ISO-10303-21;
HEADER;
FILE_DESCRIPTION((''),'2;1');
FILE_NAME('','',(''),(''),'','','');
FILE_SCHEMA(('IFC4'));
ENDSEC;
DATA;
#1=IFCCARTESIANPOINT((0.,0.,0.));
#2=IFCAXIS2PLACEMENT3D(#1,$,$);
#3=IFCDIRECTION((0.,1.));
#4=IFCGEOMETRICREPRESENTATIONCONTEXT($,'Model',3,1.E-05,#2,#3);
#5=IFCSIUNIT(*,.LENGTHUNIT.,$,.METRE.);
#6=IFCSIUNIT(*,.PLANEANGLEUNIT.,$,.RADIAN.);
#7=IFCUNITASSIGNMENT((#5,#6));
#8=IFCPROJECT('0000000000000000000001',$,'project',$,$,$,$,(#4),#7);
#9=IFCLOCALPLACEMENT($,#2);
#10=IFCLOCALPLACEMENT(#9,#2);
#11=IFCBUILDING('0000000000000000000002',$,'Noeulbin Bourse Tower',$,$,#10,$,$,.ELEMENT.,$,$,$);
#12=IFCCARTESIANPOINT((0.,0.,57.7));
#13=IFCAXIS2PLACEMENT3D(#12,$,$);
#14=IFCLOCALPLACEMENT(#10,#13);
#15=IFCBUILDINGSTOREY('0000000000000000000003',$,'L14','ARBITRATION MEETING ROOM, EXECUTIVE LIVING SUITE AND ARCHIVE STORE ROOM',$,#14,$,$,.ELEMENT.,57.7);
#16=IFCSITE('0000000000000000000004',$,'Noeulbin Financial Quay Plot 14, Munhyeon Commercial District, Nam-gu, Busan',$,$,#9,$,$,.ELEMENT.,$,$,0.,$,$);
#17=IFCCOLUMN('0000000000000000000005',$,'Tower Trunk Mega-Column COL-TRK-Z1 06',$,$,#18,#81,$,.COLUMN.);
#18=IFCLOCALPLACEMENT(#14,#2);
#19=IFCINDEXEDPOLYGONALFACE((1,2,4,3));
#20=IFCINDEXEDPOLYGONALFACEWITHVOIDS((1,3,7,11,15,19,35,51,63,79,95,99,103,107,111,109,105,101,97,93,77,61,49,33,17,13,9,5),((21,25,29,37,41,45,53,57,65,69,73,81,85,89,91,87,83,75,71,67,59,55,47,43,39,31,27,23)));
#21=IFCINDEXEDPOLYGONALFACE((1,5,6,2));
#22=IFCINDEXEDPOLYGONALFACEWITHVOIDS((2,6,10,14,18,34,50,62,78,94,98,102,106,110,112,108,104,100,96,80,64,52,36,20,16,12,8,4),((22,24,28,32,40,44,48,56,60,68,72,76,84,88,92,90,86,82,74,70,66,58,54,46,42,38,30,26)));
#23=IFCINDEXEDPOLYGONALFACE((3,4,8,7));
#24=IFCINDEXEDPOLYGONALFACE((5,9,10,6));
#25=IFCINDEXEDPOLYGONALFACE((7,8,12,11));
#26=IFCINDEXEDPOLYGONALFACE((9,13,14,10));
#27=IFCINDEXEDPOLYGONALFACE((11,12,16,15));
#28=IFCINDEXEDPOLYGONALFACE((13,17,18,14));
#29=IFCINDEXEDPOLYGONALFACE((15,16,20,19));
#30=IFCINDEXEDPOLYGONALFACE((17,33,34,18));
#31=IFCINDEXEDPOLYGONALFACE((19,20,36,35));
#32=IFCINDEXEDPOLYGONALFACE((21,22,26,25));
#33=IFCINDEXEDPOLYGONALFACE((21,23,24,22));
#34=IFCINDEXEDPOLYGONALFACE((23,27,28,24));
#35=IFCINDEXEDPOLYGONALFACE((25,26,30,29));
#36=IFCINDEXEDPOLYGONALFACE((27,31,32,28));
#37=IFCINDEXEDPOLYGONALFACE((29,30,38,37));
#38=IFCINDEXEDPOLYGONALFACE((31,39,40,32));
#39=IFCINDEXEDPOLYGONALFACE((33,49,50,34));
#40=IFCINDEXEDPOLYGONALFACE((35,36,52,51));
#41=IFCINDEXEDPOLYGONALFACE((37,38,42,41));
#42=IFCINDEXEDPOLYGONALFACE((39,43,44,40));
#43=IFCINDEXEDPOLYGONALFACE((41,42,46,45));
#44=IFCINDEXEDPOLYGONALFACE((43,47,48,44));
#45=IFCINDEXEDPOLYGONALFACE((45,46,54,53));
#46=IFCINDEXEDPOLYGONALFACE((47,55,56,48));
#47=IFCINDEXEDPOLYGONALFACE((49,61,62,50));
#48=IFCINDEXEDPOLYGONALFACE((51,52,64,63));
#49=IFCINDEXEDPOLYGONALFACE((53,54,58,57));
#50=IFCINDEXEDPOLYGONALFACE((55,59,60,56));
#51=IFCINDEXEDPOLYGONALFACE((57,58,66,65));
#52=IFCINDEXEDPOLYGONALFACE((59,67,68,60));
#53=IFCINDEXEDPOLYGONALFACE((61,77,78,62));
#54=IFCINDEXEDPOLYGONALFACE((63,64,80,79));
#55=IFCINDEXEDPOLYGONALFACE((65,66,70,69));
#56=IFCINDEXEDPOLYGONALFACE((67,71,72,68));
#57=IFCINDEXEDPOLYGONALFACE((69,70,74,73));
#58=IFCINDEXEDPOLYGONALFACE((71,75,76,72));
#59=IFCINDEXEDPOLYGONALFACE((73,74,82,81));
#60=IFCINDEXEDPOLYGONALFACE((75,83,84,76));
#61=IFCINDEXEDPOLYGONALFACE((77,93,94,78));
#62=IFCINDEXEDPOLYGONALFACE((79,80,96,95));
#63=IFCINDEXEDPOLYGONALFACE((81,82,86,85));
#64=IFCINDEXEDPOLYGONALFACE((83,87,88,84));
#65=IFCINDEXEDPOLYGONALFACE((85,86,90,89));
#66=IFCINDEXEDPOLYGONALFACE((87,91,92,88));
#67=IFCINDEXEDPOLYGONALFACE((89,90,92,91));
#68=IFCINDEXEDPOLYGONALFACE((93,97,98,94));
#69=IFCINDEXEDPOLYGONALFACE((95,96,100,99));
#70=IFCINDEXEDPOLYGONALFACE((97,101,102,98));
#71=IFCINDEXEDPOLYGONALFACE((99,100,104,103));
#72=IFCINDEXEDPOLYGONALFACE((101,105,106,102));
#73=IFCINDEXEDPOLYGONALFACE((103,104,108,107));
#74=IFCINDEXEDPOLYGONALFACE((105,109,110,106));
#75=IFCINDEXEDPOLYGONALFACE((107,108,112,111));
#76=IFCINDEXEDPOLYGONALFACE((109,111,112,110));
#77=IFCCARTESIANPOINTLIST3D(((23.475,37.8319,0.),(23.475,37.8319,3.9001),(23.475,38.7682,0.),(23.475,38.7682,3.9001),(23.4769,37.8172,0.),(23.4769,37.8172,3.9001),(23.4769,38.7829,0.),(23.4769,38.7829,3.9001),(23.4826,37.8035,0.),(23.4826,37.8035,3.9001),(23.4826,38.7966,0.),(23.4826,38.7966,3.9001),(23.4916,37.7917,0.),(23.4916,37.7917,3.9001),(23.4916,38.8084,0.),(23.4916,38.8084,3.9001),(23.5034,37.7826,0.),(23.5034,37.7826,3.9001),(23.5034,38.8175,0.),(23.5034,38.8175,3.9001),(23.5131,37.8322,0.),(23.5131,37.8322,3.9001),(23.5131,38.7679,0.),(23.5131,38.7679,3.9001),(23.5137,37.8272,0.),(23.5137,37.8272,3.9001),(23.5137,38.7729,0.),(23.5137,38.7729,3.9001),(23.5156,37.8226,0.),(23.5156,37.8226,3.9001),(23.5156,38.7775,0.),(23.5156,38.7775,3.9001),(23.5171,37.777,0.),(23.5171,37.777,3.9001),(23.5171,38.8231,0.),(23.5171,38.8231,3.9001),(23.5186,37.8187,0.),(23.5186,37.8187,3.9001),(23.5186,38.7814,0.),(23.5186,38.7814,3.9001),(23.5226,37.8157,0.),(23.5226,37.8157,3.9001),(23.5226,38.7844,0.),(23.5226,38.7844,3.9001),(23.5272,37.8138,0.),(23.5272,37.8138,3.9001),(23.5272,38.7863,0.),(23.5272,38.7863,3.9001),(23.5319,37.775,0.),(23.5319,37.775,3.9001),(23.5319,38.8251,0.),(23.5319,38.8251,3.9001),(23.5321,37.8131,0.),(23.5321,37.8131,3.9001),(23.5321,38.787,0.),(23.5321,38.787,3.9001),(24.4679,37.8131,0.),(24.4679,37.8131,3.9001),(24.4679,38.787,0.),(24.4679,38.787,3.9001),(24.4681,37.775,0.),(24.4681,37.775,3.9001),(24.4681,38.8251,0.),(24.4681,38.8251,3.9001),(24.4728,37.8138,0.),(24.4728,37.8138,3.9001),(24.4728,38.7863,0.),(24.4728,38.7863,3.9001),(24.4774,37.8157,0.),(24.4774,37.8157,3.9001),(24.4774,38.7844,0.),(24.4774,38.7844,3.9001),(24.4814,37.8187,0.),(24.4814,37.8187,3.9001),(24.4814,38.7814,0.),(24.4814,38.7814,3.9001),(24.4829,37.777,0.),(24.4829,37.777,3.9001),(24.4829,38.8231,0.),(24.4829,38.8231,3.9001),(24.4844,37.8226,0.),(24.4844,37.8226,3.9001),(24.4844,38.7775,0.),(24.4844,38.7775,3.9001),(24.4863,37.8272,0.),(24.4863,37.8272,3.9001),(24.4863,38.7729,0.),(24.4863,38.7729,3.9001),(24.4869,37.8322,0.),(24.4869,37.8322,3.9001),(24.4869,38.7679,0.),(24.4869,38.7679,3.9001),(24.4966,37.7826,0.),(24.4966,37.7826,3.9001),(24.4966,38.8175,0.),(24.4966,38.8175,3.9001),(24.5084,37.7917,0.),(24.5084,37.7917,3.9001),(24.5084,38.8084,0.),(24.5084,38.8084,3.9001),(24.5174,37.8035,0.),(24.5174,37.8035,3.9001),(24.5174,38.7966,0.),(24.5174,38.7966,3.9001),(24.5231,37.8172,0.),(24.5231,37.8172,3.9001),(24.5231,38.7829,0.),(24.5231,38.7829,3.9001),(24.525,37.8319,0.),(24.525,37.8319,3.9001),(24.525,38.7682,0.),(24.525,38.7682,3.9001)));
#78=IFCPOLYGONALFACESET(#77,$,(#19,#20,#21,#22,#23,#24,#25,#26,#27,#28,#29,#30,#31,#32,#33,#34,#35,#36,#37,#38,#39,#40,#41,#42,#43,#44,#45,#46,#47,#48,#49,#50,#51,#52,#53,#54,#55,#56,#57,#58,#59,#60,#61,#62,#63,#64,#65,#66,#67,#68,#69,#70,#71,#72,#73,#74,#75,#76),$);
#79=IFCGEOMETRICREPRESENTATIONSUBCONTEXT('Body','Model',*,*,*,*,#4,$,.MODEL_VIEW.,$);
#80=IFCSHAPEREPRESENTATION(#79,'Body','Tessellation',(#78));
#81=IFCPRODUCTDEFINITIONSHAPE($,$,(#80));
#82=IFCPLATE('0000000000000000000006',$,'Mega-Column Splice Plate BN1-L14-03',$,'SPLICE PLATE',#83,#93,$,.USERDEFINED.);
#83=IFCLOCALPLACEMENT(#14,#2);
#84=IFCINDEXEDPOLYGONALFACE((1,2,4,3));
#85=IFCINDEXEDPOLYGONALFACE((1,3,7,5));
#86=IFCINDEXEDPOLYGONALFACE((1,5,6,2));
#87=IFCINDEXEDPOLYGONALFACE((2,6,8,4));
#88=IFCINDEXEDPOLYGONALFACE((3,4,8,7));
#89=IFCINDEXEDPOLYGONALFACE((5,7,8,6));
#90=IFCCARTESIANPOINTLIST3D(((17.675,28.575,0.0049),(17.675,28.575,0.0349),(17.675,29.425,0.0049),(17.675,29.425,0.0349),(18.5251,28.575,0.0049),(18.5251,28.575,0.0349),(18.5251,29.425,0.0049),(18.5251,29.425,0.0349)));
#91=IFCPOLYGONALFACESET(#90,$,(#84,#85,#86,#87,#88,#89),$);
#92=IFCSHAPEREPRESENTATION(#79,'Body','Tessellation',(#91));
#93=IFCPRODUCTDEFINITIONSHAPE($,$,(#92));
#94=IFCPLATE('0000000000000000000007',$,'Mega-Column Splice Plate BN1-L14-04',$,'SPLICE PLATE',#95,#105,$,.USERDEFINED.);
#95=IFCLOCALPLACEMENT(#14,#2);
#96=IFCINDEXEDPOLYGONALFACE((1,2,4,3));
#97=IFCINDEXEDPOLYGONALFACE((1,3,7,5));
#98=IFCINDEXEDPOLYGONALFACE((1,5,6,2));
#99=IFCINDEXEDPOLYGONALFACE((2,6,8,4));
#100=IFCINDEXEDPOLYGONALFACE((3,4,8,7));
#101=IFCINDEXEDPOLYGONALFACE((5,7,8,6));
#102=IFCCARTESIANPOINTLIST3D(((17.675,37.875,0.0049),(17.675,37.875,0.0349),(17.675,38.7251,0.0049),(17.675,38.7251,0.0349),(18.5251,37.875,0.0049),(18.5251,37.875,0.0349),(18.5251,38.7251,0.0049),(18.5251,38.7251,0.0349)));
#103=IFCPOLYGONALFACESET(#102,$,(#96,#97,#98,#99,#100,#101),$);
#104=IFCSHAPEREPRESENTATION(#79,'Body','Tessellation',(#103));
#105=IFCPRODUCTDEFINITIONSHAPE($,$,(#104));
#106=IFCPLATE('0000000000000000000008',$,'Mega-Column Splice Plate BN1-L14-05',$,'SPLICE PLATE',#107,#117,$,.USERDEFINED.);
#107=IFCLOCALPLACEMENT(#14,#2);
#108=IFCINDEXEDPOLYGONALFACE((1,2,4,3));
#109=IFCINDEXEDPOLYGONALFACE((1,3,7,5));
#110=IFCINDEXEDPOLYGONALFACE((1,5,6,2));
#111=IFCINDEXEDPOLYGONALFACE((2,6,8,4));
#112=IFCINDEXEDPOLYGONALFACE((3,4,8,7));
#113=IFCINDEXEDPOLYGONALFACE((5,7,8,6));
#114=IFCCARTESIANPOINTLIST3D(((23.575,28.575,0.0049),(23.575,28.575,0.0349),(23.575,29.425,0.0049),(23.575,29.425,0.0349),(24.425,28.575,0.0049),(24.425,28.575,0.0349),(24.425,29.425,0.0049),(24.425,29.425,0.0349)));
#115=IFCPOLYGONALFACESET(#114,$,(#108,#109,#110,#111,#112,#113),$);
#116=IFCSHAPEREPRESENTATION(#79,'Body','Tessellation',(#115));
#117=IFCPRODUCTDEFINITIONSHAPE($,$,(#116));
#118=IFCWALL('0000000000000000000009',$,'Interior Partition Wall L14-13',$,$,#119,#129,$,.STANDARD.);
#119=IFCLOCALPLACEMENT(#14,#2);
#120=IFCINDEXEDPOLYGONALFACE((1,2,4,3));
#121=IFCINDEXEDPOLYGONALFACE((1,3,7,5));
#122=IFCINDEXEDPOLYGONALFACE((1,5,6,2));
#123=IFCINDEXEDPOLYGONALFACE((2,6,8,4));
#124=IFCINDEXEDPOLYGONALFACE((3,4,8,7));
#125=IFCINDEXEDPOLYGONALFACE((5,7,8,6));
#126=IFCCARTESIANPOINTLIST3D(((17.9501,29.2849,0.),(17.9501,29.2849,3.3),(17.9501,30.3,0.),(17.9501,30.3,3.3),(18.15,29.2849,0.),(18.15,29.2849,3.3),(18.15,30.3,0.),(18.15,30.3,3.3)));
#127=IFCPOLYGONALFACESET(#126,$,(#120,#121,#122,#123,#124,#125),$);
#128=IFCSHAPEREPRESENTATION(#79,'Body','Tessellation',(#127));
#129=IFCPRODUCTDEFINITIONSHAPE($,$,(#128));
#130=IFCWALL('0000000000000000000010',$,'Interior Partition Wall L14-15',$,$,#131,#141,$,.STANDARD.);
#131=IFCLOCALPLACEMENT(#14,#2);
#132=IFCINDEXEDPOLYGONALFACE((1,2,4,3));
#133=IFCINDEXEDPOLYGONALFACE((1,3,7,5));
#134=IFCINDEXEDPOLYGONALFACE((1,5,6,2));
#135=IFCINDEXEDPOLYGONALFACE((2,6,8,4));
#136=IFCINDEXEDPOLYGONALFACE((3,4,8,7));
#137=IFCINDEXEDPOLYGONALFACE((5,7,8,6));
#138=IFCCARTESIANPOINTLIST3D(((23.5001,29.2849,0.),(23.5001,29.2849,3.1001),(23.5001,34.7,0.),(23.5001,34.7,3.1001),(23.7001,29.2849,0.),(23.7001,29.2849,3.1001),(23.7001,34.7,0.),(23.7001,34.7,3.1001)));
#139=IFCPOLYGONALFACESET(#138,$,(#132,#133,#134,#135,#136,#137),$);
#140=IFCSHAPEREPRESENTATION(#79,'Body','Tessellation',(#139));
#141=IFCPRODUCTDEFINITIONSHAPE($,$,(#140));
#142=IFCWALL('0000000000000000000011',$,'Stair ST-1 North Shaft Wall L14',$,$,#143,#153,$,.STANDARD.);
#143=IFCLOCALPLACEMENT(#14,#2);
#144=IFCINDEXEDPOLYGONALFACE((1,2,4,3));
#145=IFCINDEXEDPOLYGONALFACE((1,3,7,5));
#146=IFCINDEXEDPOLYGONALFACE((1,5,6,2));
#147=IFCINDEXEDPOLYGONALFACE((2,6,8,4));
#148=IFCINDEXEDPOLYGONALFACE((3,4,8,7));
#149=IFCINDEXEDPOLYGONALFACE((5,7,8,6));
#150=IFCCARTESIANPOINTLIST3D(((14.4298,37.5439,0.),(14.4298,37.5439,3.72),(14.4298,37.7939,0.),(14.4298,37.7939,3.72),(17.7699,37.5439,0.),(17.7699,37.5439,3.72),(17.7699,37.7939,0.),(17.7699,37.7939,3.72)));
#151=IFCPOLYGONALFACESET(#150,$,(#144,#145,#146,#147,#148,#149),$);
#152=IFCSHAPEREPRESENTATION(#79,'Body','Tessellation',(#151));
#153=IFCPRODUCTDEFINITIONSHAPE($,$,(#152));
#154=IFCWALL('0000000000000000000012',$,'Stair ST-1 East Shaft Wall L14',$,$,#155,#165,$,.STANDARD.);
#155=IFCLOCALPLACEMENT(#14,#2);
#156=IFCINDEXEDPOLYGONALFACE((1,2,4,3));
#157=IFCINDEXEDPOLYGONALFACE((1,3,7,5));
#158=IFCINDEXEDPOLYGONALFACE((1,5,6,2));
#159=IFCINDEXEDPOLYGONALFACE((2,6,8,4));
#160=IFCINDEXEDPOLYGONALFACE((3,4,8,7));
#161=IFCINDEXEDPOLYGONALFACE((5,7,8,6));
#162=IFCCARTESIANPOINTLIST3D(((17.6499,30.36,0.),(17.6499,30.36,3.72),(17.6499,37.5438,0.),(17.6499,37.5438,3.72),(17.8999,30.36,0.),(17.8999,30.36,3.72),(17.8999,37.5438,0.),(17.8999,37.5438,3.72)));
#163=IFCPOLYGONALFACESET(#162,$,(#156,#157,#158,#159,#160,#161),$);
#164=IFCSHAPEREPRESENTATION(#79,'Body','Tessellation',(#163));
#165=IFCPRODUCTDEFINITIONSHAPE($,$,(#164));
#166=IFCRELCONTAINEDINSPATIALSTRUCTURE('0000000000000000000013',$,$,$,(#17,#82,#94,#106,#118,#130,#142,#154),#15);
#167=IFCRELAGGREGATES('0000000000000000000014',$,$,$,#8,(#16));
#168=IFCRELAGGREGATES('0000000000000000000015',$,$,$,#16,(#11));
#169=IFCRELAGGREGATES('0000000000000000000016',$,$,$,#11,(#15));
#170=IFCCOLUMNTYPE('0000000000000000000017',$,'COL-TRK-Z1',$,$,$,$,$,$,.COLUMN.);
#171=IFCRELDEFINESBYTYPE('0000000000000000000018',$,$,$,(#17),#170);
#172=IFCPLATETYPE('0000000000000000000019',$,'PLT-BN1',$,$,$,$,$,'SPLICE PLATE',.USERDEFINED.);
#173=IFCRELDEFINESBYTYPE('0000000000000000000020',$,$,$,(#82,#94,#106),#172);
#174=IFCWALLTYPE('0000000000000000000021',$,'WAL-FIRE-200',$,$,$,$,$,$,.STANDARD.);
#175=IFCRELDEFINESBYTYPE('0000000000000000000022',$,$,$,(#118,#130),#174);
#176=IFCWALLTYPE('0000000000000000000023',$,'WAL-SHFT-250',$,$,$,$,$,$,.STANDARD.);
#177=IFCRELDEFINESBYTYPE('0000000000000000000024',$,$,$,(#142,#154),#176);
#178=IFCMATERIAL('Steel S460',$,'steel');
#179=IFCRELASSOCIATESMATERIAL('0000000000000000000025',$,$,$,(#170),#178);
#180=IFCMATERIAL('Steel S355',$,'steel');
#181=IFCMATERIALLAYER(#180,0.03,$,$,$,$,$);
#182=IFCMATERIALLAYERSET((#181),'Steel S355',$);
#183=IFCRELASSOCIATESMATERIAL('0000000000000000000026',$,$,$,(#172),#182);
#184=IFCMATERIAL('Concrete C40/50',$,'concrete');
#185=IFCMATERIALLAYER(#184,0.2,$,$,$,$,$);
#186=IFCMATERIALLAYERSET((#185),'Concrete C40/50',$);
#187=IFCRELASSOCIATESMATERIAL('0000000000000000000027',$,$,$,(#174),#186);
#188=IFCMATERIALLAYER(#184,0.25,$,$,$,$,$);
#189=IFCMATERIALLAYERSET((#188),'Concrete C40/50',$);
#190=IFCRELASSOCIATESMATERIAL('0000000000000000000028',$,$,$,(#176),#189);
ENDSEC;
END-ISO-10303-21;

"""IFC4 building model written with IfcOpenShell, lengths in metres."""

from ifc_helpers import new_model, si_unit, direction, frame, frame_2d, origin, origin_2d, place, context, subcontext, project, spatial, rectangle, hollow_rectangle, extrude, material, layer, layer_set, material_profile, profile_set, type_object, element, save


model = new_model("IFC4")

# Units and contexts
model_context = context("Model", 3, precision=1e-05, world=origin(), true_north=direction((0.0, 1.0)))
body_context = subcontext(model_context, "Body", "Model", "MODEL_VIEW")
ifc_project = project(units=[si_unit("LENGTHUNIT", "METRE"), si_unit("PLANEANGLEUNIT", "RADIAN")], contexts=[model_context])

# Site, building, storey
site_placement = place(None, origin())
site = spatial("IfcSite", under=ifc_project, at=site_placement, Name="Noeulbin Financial Quay Plot 14, Munhyeon Commercial District, Nam-gu, Busan", CompositionType="ELEMENT", RefElevation=0.0)
building_placement = place(site_placement, origin())
building = spatial("IfcBuilding", under=site, at=building_placement, Name="Noeulbin Bourse Tower", CompositionType="ELEMENT")
storey_placement = place(building_placement, frame((0.0, 0.0, 57.7)))
storey = spatial("IfcBuildingStorey", under=building, at=storey_placement, Name="L14", Description="ARBITRATION MEETING ROOM, EXECUTIVE LIVING SUITE AND ARCHIVE STORE ROOM", CompositionType="ELEMENT", Elevation=57.7)

# Column
ifc_material_1 = material(Name="Steel S460", Category="steel")
ifc_material_profile = material_profile(ifc_material_1, hollow_rectangle(XDim=1.05, YDim=1.05, WallThickness=0.0381, InnerFilletRadius=0.019, OuterFilletRadius=0.0569, at=origin_2d()), Name="BOX-1050x1050x38", Category="LoadBearing")
ifc_profile_set = profile_set([ifc_material_profile], Name="Steel S460")
column_type = type_object("IfcColumnType", Name="COL-TRK-Z1", PredefinedType="COLUMN", material=ifc_profile_set)
for number, where, z_axis, x_axis, name in (
    (1, (24.0, 38.3, 0.0), (0.0, 0.0, 1.0), (1.0, 0.0, 0.0), "Tower Trunk Mega-Column COL-TRK-Z1 06"),
):
    element("IfcColumn", number, at=place(storey_placement, frame(where, z_axis=z_axis, x_axis=x_axis)), inside=storey, type_object=column_type, Name=name, PredefinedType="COLUMN", context=body_context, shape_type="SweptSolid", body=[
        extrude(hollow_rectangle(XDim=1.05, YDim=1.05, WallThickness=0.0381, InnerFilletRadius=0.019, OuterFilletRadius=0.0569, at=origin_2d()), origin(), (0.0, 0.0, 1.0), 3.9001),
    ])

# Plates
ifc_material_2 = material(Name="Steel S355", Category="steel")
ifc_layer_1 = layer(ifc_material_2, 0.03)
ifc_layer_set_1 = layer_set([ifc_layer_1], Name="Steel S355")
plate_type = type_object("IfcPlateType", Name="PLT-BN1", ElementType="SPLICE PLATE", PredefinedType="USERDEFINED", material=ifc_layer_set_1)
for number, where, z_axis, x_axis, name in (
    (2, (18.1001, 29.0, 0.0049), (0.0, 0.0, 1.0), (1.0, 0.0, 0.0), "Mega-Column Splice Plate BN1-L14-03"),
    (3, (18.1001, 38.3, 0.0049), (0.0, 0.0, 1.0), (1.0, 0.0, 0.0), "Mega-Column Splice Plate BN1-L14-04"),
    (4, (24.0, 29.0, 0.0049), (0.0, 0.0, 1.0), (1.0, 0.0, 0.0), "Mega-Column Splice Plate BN1-L14-05"),
):
    element("IfcPlate", number, at=place(storey_placement, frame(where, z_axis=z_axis, x_axis=x_axis)), inside=storey, type_object=plate_type, Name=name, ObjectType="SPLICE PLATE", PredefinedType="USERDEFINED", context=body_context, shape_type="SweptSolid", body=[
        extrude(rectangle(XDim=0.8501, YDim=0.8501, at=origin_2d()), origin(), (0.0, 0.0, 1.0), 0.03),
    ])

# Walls
ifc_material_3 = material(Name="Concrete C40/50", Category="concrete")
ifc_layer_2 = layer(ifc_material_3, 0.2)
ifc_layer_set_2 = layer_set([ifc_layer_2], Name="Concrete C40/50")
wall_type_1 = type_object("IfcWallType", Name="WAL-FIRE-200", PredefinedType="STANDARD", material=ifc_layer_set_2)
wall_1_placement = place(storey_placement, frame((18.05, 29.2849, 0.0), z_axis=(0.0, 0.0, 1.0), x_axis=(0.0, 1.0, 0.0)))
element("IfcWall", 5, at=wall_1_placement, inside=storey, type_object=wall_type_1, Name="Interior Partition Wall L14-13", PredefinedType="STANDARD", context=body_context, shape_type="SweptSolid", body=[
    extrude(rectangle(XDim=1.0151, YDim=0.2, at=frame_2d((0.5076, 0.0))), origin(), (0.0, 0.0, 1.0), 3.3),
])
wall_2_placement = place(storey_placement, frame((23.6001, 29.2849, 0.0), z_axis=(0.0, 0.0, 1.0), x_axis=(0.0, 1.0, 0.0)))
element("IfcWall", 6, at=wall_2_placement, inside=storey, type_object=wall_type_1, Name="Interior Partition Wall L14-15", PredefinedType="STANDARD", context=body_context, shape_type="SweptSolid", body=[
    extrude(rectangle(XDim=5.415, YDim=0.2, at=frame_2d((2.7075, 0.0))), origin(), (0.0, 0.0, 1.0), 3.1001),
])
ifc_layer_3 = layer(ifc_material_3, 0.25)
ifc_layer_set_3 = layer_set([ifc_layer_3], Name="Concrete C40/50")
wall_type_2 = type_object("IfcWallType", Name="WAL-SHFT-250", PredefinedType="STANDARD", material=ifc_layer_set_3)
wall_3_placement = place(storey_placement, frame((14.4299, 37.6689, 0.0), z_axis=(0.0, 0.0, 1.0), x_axis=(1.0, 0.0, 0.0)))
element("IfcWall", 7, at=wall_3_placement, inside=storey, type_object=wall_type_2, Name="Stair ST-1 North Shaft Wall L14", PredefinedType="STANDARD", context=body_context, shape_type="SweptSolid", body=[
    extrude(rectangle(XDim=3.3401, YDim=0.25, at=frame_2d((1.6699, 0.0))), origin(), (0.0, 0.0, 1.0), 3.72),
])
wall_4_placement = place(storey_placement, frame((17.7749, 30.3601, 0.0), z_axis=(0.0, 0.0, 1.0), x_axis=(0.0, 1.0, 0.0)))
element("IfcWall", 8, at=wall_4_placement, inside=storey, type_object=wall_type_2, Name="Stair ST-1 East Shaft Wall L14", PredefinedType="STANDARD", context=body_context, shape_type="SweptSolid", body=[
    extrude(rectangle(XDim=7.1838, YDim=0.25, at=frame_2d((3.5918, 0.0))), origin(), (0.0, 0.0, 1.0), 3.72),
])

save(model, "model.ifc")
